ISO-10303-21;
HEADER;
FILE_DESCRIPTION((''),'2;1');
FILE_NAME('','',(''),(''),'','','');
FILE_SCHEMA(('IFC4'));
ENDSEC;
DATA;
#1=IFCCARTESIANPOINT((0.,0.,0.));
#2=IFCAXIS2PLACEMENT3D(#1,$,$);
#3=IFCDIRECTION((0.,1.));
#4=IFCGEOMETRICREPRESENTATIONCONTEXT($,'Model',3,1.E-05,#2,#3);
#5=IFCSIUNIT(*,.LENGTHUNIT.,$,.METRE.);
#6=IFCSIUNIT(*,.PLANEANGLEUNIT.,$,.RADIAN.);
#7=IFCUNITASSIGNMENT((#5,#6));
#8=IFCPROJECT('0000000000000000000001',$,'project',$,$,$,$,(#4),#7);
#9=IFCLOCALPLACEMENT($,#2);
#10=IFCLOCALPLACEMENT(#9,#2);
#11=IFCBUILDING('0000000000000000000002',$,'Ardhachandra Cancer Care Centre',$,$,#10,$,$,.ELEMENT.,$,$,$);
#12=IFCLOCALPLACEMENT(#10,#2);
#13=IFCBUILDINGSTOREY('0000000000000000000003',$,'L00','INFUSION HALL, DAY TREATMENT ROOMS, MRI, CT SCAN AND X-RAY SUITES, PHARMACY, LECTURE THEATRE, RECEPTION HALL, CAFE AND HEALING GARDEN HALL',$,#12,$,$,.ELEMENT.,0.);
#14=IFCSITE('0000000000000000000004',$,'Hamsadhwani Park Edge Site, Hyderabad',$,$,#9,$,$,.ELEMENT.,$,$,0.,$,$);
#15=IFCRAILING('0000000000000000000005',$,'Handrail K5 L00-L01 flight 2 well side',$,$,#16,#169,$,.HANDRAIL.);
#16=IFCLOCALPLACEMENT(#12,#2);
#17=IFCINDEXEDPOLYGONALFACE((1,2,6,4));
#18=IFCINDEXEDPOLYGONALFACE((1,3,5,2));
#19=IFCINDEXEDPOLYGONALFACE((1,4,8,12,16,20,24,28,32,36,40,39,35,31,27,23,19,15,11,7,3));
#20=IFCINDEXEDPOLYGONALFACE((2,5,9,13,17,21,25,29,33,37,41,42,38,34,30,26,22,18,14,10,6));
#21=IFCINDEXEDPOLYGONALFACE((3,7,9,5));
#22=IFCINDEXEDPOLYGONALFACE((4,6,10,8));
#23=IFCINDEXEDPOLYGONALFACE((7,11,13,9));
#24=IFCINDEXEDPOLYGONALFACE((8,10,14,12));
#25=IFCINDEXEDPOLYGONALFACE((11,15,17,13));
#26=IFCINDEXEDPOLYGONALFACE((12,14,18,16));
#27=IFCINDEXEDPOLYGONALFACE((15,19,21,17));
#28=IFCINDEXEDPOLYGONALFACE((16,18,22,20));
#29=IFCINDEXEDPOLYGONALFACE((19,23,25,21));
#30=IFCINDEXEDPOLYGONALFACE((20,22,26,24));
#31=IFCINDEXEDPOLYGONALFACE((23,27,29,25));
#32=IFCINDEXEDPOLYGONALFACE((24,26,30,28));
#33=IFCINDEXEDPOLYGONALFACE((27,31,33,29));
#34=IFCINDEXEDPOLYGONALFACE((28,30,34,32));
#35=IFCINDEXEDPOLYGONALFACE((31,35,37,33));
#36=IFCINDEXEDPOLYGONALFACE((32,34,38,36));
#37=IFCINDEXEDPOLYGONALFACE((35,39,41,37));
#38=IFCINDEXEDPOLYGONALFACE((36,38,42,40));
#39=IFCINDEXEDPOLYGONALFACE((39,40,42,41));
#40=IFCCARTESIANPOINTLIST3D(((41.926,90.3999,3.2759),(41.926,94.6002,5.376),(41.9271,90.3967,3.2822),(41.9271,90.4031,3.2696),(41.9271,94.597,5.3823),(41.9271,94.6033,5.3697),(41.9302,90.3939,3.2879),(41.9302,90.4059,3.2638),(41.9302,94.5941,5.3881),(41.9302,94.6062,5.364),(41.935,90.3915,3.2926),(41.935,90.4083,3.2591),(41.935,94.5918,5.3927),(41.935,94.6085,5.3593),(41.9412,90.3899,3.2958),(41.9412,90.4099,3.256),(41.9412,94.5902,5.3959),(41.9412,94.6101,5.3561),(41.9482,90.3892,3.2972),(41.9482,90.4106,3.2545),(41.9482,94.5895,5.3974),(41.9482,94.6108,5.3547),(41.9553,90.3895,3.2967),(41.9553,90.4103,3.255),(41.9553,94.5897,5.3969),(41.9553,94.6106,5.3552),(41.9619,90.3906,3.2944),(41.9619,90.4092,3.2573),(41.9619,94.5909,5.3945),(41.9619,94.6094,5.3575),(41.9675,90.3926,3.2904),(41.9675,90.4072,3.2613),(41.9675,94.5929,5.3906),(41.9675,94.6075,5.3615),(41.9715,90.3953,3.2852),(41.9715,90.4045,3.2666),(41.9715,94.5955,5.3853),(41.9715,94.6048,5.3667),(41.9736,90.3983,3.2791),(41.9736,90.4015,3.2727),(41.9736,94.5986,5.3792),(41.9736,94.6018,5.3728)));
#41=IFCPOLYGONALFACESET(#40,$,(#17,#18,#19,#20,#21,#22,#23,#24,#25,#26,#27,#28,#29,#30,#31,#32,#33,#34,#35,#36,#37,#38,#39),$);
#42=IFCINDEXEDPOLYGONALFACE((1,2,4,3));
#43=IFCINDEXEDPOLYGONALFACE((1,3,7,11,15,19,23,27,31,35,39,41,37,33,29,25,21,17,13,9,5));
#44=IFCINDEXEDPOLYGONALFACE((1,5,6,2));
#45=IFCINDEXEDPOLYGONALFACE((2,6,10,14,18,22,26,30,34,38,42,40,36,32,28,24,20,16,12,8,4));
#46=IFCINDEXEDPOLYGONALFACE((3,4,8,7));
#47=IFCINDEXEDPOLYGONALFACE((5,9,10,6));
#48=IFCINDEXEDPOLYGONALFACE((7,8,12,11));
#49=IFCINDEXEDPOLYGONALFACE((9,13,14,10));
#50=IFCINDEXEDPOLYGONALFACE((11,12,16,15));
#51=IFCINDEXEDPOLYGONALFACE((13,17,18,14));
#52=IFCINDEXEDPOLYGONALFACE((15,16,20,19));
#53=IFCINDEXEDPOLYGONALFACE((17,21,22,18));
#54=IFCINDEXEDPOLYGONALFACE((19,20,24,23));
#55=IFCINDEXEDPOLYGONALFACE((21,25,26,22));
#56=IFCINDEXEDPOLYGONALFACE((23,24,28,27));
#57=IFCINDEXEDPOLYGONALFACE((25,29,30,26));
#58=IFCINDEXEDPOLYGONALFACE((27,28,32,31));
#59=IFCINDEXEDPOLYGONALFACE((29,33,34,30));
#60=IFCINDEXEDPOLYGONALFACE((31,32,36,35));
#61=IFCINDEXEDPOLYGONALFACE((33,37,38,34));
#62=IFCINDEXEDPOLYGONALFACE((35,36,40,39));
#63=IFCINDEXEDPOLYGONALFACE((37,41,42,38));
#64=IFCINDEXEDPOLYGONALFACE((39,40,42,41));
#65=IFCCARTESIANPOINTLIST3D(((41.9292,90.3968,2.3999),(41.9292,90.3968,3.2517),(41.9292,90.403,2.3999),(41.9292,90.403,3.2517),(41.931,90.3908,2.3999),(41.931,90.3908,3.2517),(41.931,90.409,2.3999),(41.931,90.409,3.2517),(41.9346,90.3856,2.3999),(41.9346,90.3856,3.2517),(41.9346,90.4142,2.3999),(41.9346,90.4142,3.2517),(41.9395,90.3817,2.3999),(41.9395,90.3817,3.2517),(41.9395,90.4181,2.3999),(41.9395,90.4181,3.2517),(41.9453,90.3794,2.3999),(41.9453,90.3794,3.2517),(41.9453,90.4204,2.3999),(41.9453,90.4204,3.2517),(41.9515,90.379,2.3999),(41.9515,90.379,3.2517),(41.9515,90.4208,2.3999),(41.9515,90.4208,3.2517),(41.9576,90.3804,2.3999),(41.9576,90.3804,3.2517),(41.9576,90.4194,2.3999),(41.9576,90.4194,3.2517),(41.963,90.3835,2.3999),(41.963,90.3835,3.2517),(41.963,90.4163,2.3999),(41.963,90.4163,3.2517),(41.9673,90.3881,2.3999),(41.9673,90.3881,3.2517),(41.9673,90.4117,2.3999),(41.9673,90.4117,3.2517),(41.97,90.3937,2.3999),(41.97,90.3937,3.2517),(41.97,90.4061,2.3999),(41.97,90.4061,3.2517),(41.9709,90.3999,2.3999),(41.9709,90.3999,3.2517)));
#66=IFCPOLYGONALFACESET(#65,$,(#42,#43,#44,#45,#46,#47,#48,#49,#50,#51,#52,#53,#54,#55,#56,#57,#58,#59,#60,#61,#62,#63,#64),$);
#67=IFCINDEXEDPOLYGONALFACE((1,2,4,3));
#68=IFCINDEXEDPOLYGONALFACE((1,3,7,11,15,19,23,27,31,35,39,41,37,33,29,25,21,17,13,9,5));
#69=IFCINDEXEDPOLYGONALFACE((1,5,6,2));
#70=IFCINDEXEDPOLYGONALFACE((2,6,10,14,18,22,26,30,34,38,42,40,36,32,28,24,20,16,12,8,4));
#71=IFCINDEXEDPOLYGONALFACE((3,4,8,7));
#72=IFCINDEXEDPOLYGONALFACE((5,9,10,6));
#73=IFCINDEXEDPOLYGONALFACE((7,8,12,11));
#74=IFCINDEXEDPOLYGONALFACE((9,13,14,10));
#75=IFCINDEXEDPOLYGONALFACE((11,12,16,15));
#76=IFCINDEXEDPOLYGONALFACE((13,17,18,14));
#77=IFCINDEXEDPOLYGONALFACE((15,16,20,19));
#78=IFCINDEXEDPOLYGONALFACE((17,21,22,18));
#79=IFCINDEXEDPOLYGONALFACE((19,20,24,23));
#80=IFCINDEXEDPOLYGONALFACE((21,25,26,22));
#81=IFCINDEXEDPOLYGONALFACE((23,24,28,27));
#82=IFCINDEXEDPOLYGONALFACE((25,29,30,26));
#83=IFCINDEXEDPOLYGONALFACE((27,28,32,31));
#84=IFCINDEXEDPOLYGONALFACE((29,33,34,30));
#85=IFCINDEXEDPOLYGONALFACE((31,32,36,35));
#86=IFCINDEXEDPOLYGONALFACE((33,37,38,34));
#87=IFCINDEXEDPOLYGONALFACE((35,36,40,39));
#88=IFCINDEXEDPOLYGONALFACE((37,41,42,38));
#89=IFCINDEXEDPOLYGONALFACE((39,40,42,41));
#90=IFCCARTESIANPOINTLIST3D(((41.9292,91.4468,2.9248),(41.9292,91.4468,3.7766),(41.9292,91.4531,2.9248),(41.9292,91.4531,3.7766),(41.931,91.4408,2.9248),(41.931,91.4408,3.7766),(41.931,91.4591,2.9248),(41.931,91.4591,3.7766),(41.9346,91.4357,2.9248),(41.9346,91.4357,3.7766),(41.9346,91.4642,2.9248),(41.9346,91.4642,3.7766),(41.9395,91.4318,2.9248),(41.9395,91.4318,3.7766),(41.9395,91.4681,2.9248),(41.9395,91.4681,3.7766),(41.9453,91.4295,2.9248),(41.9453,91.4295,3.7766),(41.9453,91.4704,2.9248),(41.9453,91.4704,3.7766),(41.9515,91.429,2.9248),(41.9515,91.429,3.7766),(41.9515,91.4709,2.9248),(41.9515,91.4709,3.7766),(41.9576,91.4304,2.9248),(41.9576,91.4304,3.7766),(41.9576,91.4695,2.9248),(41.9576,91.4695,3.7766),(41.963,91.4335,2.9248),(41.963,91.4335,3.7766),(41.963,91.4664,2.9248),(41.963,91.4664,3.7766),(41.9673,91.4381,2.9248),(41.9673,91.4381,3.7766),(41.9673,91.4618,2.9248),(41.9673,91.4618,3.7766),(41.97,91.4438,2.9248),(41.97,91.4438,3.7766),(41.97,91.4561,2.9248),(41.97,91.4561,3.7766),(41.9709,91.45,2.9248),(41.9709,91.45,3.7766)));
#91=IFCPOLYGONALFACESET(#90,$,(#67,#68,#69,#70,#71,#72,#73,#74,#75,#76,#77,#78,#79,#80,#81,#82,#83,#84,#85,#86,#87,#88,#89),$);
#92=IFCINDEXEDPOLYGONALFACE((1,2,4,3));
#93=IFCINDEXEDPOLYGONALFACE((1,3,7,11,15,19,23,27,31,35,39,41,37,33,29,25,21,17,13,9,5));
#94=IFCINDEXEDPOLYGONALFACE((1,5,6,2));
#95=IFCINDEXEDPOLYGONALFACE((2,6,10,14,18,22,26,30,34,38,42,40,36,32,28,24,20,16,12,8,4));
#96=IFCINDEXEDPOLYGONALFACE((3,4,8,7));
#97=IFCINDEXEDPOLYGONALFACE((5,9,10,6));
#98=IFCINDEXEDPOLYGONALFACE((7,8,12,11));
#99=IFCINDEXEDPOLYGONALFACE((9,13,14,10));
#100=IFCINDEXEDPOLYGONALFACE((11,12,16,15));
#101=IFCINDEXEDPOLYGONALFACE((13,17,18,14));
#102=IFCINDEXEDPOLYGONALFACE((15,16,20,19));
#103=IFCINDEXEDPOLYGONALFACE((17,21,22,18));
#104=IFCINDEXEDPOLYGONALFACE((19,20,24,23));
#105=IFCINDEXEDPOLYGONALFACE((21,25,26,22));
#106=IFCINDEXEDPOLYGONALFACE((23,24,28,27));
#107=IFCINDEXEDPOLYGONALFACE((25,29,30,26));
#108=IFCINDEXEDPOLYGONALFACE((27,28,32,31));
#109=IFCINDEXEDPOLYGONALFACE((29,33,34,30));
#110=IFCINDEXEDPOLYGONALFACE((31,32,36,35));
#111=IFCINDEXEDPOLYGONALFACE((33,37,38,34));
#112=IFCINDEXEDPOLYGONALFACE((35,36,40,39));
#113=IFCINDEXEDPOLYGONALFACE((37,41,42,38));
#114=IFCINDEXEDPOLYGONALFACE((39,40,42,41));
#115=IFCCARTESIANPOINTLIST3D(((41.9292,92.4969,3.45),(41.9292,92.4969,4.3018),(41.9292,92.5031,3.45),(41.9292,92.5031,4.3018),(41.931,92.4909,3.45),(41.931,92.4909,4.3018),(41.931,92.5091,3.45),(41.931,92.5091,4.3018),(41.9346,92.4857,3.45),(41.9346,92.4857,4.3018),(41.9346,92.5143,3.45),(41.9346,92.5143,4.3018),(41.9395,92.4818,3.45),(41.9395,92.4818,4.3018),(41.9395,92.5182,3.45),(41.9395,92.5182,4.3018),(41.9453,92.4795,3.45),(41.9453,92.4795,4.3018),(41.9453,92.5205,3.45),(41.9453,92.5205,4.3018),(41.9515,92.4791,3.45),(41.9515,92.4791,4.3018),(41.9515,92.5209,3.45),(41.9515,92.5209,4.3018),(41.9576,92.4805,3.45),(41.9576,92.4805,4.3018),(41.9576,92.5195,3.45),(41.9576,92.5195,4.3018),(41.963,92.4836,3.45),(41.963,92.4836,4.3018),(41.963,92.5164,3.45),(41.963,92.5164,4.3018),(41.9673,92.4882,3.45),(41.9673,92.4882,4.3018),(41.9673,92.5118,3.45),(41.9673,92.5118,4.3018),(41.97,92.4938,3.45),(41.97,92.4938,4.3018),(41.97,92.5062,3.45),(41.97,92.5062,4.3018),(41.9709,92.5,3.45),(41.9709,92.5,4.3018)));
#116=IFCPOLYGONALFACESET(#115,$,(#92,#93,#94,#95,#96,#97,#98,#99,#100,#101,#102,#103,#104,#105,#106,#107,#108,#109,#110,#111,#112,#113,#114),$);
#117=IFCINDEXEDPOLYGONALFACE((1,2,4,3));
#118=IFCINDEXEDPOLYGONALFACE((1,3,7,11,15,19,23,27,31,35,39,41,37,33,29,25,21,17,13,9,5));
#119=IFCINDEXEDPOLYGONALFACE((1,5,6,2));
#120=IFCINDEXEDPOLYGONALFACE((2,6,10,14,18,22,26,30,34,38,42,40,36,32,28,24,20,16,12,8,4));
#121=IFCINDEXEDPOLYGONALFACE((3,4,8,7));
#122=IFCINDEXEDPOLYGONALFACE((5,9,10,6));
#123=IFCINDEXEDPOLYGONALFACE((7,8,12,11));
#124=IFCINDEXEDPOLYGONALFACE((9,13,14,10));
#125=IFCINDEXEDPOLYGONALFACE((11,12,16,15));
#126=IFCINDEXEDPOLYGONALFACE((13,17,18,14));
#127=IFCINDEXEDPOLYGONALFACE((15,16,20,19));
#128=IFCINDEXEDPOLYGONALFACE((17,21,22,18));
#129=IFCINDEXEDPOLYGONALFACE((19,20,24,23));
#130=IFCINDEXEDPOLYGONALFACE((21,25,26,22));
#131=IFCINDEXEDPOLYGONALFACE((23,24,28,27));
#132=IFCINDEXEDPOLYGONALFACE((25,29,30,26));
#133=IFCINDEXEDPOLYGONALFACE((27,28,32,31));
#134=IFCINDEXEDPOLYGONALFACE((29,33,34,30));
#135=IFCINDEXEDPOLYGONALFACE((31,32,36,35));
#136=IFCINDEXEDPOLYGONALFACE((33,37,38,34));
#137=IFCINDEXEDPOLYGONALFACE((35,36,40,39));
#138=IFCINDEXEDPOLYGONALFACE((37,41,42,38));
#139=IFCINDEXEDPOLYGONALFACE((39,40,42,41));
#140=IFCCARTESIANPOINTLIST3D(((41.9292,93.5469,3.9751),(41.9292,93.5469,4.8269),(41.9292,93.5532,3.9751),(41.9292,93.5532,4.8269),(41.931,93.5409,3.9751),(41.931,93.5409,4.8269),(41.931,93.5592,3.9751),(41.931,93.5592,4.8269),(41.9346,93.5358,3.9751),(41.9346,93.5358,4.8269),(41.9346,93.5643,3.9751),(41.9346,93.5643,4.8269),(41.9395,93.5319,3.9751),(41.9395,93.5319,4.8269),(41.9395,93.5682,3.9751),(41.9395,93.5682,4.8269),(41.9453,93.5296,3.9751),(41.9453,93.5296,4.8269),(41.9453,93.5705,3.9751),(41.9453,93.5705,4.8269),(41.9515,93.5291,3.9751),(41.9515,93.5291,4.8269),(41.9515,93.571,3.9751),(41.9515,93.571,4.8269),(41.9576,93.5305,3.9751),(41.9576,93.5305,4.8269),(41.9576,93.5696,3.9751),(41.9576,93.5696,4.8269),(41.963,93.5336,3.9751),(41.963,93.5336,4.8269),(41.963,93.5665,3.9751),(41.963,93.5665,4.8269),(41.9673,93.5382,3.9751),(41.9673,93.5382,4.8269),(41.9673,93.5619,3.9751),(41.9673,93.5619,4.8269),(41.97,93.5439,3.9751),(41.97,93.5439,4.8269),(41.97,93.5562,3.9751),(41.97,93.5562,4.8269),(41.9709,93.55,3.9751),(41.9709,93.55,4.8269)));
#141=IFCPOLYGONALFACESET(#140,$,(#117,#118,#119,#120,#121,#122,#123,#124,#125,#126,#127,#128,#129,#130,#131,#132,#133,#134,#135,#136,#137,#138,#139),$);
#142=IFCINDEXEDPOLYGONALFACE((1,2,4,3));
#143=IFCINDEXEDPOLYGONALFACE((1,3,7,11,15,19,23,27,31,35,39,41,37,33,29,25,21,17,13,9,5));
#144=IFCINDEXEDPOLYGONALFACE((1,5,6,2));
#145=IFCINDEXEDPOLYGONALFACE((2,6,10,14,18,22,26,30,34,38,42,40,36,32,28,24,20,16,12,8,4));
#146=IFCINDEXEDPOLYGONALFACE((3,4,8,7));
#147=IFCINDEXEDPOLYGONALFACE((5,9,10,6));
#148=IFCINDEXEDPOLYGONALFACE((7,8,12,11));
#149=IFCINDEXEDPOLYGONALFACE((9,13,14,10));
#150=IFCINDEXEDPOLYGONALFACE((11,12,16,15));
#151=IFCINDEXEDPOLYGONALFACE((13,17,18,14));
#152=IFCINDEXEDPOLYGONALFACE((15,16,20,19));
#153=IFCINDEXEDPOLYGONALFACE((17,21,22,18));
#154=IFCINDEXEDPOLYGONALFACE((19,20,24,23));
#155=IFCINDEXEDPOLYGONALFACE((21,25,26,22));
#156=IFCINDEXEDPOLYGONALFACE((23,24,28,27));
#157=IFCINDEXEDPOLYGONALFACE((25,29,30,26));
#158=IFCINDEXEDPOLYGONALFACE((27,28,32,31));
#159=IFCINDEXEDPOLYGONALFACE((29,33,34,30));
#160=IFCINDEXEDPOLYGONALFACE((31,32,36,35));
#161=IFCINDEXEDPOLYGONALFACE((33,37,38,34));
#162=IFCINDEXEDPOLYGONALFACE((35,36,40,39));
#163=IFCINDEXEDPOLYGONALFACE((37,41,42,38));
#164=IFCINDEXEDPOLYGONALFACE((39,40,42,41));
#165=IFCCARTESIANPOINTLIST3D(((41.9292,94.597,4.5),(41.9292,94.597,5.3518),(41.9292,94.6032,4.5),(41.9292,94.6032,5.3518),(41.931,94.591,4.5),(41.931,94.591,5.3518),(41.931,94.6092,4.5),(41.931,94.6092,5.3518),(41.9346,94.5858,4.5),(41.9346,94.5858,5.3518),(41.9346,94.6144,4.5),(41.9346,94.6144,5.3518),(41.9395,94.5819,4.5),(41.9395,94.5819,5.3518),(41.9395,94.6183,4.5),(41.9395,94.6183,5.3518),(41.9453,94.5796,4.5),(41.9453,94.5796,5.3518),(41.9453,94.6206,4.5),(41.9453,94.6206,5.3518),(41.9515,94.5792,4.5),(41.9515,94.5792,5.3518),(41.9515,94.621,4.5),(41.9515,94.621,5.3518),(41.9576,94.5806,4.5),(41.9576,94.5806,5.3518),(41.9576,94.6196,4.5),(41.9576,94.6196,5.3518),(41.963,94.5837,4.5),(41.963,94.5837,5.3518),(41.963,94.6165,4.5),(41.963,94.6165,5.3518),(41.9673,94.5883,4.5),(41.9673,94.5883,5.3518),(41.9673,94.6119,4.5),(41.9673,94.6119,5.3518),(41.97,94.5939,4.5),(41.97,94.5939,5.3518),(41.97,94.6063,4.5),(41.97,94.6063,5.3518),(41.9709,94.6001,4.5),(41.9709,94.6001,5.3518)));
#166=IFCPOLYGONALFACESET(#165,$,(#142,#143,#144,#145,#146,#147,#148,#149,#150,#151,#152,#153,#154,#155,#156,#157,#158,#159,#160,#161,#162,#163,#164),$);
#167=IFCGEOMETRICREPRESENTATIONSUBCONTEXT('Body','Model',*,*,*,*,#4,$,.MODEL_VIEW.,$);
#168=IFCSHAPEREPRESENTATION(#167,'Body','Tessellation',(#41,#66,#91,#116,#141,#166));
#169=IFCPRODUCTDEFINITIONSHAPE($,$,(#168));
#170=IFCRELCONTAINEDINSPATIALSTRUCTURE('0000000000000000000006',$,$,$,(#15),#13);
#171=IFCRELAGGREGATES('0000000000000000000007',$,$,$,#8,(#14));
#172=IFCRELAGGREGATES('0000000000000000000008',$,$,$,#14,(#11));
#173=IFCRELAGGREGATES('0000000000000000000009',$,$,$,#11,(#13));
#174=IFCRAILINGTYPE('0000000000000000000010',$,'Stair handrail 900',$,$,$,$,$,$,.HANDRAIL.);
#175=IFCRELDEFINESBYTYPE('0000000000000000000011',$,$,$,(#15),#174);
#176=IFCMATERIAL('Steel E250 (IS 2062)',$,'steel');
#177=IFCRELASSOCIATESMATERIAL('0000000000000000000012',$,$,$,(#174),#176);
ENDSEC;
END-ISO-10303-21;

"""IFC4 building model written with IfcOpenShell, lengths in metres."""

from ifc_helpers import new_model, si_unit, direction, frame, origin, origin_2d, place, context, subcontext, project, spatial, circle, extrude, material, type_object, element, save


model = new_model("IFC4")

# Units and contexts
model_context = context("Model", 3, precision=1e-05, world=origin(), true_north=direction((0.0, 1.0)))
body_context = subcontext(model_context, "Body", "Model", "MODEL_VIEW")
ifc_project = project(units=[si_unit("LENGTHUNIT", "METRE"), si_unit("PLANEANGLEUNIT", "RADIAN")], contexts=[model_context])

# Site, building, storey
site_placement = place(None, origin())
site = spatial("IfcSite", under=ifc_project, at=site_placement, Name="Hamsadhwani Park Edge Site, Hyderabad", CompositionType="ELEMENT", RefElevation=0.0)
building_placement = place(site_placement, origin())
building = spatial("IfcBuilding", under=site, at=building_placement, Name="Ardhachandra Cancer Care Centre", CompositionType="ELEMENT")
storey_placement = place(building_placement, origin())
storey = spatial("IfcBuildingStorey", under=building, at=storey_placement, Name="L00", Description="INFUSION HALL, DAY TREATMENT ROOMS, MRI, CT SCAN AND X-RAY SUITES, PHARMACY, LECTURE THEATRE, RECEPTION HALL, CAFE AND HEALING GARDEN HALL", CompositionType="ELEMENT", Elevation=0.0)

# Railing
ifc_material_1 = material(Name="Steel E250 (IS 2062)", Category="steel")
railing_type = type_object("IfcRailingType", Name="Stair handrail 900", PredefinedType="HANDRAIL", material=ifc_material_1)
for number, where, name in (
    (1, (41.95, 90.3999, 2.3999), "Handrail K5 L00-L01 flight 2 well side"),
):
    element("IfcRailing", number, at=place(storey_placement, frame(where)), inside=storey, type_object=railing_type, Name=name, PredefinedType="HANDRAIL", context=body_context, shape_type="SweptSolid", body=[
        extrude(circle(Radius=0.0239, at=origin_2d()), frame((0.0, 0.0, 0.876), z_axis=(0.0, 0.894427, 0.447214), x_axis=(-1.0, 0.0, 0.0)), (0.0, 0.0, 1.0), 4.696),
        extrude(circle(Radius=0.021, at=origin_2d()), origin(), (0.0, 0.0, 1.0), 0.8518),
        extrude(circle(Radius=0.021, at=origin_2d()), frame((0.0, 1.05, 0.5249)), (0.0, 0.0, 1.0), 0.8518),
        extrude(circle(Radius=0.021, at=origin_2d()), frame((0.0, 2.1001, 1.05)), (0.0, 0.0, 1.0), 0.8518),
        extrude(circle(Radius=0.021, at=origin_2d()), frame((0.0, 3.1501, 1.5752)), (0.0, 0.0, 1.0), 0.8518),
        extrude(circle(Radius=0.021, at=origin_2d()), frame((0.0, 4.2002, 2.1001)), (0.0, 0.0, 1.0), 0.8518),
    ])

save(model, "model.ifc")
